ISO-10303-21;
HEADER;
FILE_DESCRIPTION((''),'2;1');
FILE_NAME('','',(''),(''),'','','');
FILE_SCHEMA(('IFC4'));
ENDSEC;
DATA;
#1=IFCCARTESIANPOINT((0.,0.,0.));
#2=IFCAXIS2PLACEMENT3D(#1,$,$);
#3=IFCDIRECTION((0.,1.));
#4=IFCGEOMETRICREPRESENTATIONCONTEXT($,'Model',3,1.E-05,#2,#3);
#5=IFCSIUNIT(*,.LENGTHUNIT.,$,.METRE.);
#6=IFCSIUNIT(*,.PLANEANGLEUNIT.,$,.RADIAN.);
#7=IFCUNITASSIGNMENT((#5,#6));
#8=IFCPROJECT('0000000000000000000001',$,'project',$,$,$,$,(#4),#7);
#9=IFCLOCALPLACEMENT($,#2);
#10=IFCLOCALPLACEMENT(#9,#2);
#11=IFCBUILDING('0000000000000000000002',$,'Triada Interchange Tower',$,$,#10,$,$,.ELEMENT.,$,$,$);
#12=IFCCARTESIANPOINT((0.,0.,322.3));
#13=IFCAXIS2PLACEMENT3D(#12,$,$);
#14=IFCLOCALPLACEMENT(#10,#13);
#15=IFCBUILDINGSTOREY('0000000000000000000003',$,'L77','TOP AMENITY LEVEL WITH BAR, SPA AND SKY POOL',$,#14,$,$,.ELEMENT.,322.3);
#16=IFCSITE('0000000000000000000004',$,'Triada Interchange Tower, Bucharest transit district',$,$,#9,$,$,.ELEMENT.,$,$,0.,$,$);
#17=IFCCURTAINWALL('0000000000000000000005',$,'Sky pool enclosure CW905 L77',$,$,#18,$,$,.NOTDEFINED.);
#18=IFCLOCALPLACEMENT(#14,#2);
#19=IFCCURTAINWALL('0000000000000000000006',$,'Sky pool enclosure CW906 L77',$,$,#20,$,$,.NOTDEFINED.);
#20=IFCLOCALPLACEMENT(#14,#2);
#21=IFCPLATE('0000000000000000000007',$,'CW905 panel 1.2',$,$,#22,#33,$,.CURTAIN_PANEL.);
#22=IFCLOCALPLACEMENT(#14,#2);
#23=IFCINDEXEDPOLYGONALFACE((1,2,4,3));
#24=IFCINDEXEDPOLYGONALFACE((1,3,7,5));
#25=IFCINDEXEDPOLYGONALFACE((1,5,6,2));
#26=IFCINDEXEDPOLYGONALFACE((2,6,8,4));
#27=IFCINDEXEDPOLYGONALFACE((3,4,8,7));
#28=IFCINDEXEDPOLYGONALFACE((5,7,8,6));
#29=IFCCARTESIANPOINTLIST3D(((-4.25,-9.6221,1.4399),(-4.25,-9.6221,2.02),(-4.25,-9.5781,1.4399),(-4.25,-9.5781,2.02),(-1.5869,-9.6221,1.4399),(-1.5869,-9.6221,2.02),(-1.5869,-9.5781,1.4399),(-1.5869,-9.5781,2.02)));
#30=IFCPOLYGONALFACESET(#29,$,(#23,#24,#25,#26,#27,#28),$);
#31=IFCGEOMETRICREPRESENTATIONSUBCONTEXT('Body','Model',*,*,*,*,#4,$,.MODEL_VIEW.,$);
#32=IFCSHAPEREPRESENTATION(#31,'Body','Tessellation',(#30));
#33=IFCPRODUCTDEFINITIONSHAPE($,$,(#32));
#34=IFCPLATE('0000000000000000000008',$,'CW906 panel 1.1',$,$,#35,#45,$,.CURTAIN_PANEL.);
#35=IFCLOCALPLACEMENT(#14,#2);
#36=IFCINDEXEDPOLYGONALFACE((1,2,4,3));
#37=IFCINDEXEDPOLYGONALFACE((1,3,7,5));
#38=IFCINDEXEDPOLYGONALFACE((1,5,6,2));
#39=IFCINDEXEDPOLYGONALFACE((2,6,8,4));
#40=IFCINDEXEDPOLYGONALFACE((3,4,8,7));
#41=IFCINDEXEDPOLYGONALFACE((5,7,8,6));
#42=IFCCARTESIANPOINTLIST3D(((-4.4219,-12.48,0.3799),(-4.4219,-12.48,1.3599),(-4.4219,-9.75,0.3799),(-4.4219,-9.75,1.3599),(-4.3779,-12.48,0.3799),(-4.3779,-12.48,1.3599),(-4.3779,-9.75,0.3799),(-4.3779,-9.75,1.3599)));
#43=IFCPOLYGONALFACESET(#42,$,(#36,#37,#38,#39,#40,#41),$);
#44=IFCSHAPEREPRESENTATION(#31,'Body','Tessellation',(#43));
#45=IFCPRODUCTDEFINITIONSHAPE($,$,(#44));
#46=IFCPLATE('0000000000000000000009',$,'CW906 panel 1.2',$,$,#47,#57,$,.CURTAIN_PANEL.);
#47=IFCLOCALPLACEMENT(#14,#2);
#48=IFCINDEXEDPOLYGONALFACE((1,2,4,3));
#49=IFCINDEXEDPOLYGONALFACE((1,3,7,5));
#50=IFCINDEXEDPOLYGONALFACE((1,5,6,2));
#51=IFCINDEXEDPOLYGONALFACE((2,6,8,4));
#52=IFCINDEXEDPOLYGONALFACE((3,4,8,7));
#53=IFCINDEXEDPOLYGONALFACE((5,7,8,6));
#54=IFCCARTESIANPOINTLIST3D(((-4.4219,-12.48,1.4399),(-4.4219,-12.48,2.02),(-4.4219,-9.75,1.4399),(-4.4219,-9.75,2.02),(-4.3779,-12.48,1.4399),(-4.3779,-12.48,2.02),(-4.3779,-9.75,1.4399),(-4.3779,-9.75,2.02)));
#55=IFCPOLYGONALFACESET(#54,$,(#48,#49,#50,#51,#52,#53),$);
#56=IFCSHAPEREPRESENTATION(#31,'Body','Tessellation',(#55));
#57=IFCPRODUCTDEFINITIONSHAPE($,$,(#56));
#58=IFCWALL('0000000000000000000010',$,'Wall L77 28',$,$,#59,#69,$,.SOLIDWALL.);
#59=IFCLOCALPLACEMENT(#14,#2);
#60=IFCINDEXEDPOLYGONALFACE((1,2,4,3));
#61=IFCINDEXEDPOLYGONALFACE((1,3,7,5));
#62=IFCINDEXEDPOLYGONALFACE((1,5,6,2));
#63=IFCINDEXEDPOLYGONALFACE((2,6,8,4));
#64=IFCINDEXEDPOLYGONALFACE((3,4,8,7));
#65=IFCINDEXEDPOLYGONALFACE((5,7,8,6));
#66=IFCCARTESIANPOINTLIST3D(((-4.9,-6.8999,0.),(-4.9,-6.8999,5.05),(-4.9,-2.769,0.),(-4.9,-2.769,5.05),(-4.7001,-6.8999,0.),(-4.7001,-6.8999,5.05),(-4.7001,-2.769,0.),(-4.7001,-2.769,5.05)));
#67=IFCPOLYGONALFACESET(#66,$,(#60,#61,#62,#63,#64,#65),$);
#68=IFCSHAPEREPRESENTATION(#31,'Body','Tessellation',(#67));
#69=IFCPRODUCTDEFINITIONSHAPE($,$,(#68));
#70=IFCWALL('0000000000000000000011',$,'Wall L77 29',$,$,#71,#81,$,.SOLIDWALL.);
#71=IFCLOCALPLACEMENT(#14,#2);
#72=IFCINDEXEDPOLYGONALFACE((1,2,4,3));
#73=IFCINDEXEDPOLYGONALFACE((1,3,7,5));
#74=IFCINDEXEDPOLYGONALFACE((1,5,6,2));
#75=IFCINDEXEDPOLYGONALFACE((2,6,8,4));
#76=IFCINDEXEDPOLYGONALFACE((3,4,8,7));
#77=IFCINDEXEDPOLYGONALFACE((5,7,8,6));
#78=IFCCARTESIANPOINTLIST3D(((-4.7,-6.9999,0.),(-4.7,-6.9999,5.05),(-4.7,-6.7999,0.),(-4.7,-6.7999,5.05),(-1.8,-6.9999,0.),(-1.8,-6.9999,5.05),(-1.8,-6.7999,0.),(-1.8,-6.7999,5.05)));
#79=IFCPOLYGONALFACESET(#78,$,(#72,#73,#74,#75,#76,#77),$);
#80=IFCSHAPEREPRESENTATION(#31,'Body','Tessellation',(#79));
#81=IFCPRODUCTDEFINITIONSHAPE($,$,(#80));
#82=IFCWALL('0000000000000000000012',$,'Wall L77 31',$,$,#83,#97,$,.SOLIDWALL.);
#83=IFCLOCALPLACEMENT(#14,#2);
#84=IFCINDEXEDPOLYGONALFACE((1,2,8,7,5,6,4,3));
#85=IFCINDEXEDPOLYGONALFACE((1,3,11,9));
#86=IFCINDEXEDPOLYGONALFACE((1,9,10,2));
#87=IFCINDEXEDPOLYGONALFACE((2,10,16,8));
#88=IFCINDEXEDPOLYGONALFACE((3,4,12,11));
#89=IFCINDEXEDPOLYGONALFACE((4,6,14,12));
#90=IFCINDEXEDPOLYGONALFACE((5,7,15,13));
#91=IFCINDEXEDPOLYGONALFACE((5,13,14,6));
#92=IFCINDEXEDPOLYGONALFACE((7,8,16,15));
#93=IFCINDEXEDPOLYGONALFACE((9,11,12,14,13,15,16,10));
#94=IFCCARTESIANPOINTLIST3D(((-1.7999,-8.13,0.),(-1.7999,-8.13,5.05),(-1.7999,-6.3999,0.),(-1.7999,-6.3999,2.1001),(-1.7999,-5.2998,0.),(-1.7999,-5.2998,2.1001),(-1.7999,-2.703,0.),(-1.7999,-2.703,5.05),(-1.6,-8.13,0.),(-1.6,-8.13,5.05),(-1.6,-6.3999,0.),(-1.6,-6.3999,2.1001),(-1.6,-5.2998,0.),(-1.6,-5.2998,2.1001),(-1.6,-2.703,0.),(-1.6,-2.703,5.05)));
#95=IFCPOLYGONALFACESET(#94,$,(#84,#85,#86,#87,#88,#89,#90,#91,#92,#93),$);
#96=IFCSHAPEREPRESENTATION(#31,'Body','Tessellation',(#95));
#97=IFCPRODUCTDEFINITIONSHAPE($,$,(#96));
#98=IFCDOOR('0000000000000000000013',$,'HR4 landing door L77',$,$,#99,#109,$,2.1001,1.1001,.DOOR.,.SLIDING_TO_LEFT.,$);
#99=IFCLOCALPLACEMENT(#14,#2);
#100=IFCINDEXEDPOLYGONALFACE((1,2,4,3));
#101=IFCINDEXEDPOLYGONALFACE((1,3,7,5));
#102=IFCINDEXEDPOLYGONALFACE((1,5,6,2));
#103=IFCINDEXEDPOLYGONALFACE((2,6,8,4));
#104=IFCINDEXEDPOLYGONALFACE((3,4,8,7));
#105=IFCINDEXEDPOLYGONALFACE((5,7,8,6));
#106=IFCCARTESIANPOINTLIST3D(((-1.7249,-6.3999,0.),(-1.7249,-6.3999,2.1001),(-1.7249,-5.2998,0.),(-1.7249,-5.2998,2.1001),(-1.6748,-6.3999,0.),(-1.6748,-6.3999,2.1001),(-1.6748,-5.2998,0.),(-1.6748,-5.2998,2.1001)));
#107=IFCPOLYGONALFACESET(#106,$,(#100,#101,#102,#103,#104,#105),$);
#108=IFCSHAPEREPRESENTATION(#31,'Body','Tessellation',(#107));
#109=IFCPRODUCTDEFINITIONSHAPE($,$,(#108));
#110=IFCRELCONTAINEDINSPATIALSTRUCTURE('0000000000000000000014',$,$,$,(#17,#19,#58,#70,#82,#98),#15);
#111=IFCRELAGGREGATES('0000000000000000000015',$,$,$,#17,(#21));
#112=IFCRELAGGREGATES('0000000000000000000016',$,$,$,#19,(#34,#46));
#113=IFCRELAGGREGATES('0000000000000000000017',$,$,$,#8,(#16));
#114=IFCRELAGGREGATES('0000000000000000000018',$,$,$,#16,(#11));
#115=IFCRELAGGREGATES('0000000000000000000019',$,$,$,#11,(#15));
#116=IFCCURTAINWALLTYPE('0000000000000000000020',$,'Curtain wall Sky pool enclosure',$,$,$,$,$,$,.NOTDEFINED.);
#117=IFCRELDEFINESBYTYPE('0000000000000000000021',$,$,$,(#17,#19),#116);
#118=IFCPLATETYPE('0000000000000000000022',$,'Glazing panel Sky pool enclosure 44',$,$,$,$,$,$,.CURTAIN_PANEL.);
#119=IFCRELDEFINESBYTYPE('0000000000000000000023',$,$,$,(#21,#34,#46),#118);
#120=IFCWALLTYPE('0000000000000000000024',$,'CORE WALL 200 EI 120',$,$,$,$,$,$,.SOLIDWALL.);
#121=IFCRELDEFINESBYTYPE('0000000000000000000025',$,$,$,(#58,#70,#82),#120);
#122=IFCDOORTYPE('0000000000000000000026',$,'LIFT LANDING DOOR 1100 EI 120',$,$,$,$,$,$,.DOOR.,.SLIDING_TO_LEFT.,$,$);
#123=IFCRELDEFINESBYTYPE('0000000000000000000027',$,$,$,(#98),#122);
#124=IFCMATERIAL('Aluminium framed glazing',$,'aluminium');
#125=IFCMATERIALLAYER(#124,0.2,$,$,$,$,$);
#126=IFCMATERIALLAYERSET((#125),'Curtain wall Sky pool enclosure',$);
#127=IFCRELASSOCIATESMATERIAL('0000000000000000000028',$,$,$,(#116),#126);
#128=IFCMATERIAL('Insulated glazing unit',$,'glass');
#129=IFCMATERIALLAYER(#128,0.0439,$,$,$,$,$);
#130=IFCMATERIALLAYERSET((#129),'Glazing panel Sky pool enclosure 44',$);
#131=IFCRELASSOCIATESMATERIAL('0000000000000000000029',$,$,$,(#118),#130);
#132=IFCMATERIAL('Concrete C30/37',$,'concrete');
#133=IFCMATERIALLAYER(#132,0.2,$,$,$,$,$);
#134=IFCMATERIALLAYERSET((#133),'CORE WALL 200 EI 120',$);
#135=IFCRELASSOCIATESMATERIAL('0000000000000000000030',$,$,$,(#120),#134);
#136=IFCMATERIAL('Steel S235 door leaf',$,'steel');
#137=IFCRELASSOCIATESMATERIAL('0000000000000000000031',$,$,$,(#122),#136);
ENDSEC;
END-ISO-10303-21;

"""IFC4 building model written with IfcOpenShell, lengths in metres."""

from ifc_helpers import new_model, si_unit, direction, frame, frame_2d, origin, origin_2d, place, context, subcontext, project, spatial, rectangle, extrude, material, layer, layer_set, type_object, element, fill, aggregate, save


model = new_model("IFC4")

# Units and contexts
model_context = context("Model", 3, precision=1e-05, world=origin(), true_north=direction((0.0, 1.0)))
body_context = subcontext(model_context, "Body", "Model", "MODEL_VIEW")
ifc_project = project(units=[si_unit("LENGTHUNIT", "METRE"), si_unit("PLANEANGLEUNIT", "RADIAN")], contexts=[model_context])

# Site, building, storey
site_placement = place(None, origin())
site = spatial("IfcSite", under=ifc_project, at=site_placement, Name="Triada Interchange Tower, Bucharest transit district", CompositionType="ELEMENT", RefElevation=0.0)
building_placement = place(site_placement, origin())
building = spatial("IfcBuilding", under=site, at=building_placement, Name="Triada Interchange Tower", CompositionType="ELEMENT")
storey_placement = place(building_placement, frame((0.0, 0.0, 322.3)))
storey = spatial("IfcBuildingStorey", under=building, at=storey_placement, Name="L77", Description="TOP AMENITY LEVEL WITH BAR, SPA AND SKY POOL", CompositionType="ELEMENT", Elevation=322.3)

# Shared definitions
ifc_material_1 = material(Name="Aluminium framed glazing", Category="aluminium")
ifc_layer_1 = layer(ifc_material_1, 0.2)
ifc_layer_set_1 = layer_set([ifc_layer_1], Name="Curtain wall Sky pool enclosure")
curtain_wall_type = type_object("IfcCurtainWallType", Name="Curtain wall Sky pool enclosure", PredefinedType="NOTDEFINED", material=ifc_layer_set_1)

# Curtain walls
curtain_wall_1_placement = place(storey_placement, origin())
curtain_wall_1 = element("IfcCurtainWall", 1, at=curtain_wall_1_placement, inside=storey, type_object=curtain_wall_type, Name="Sky pool enclosure CW905 L77", PredefinedType="NOTDEFINED")
curtain_wall_2_placement = place(storey_placement, origin())
curtain_wall_2 = element("IfcCurtainWall", 2, at=curtain_wall_2_placement, inside=storey, type_object=curtain_wall_type, Name="Sky pool enclosure CW906 L77", PredefinedType="NOTDEFINED")

# Plates
ifc_material_2 = material(Name="Insulated glazing unit", Category="glass")
ifc_layer_2 = layer(ifc_material_2, 0.0439)
ifc_layer_set_2 = layer_set([ifc_layer_2], Name="Glazing panel Sky pool enclosure 44")
plate_type = type_object("IfcPlateType", Name="Glazing panel Sky pool enclosure 44", PredefinedType="CURTAIN_PANEL", material=ifc_layer_set_2)
plate_1_placement = place(storey_placement, frame((-2.9185, -9.6001, 1.4399), z_axis=(0.0, 0.0, 1.0), x_axis=(-1.0, 0.0, 0.0)))
plate_1 = element("IfcPlate", 3, at=plate_1_placement, type_object=plate_type, Name="CW905 panel 1.2", PredefinedType="CURTAIN_PANEL", context=body_context, shape_type="SweptSolid", body=[
    extrude(rectangle(XDim=2.6631, YDim=0.0439, at=origin_2d()), origin(), (0.0, 0.0, 1.0), 0.5801),
])
aggregate(curtain_wall_1, [plate_1])
plate_2_placement = place(storey_placement, frame((-4.3999, -11.115, 0.3799), z_axis=(0.0, 0.0, 1.0), x_axis=(0.0, -1.0, 0.0)))
plate_2 = element("IfcPlate", 4, at=plate_2_placement, type_object=plate_type, Name="CW906 panel 1.1", PredefinedType="CURTAIN_PANEL", context=body_context, shape_type="SweptSolid", body=[
    extrude(rectangle(XDim=2.73, YDim=0.0439, at=origin_2d()), origin(), (0.0, 0.0, 1.0), 0.98),
])
plate_3_placement = place(storey_placement, frame((-4.3999, -11.115, 1.4399), z_axis=(0.0, 0.0, 1.0), x_axis=(0.0, -1.0, 0.0)))
plate_3 = element("IfcPlate", 5, at=plate_3_placement, type_object=plate_type, Name="CW906 panel 1.2", PredefinedType="CURTAIN_PANEL", context=body_context, shape_type="SweptSolid", body=[
    extrude(rectangle(XDim=2.73, YDim=0.0439, at=origin_2d()), origin(), (0.0, 0.0, 1.0), 0.5801),
])
aggregate(curtain_wall_2, [plate_2, plate_3])

# Walls
ifc_material_3 = material(Name="Concrete C30/37", Category="concrete")
ifc_layer_3 = layer(ifc_material_3, 0.2)
ifc_layer_set_3 = layer_set([ifc_layer_3], Name="CORE WALL 200 EI 120")
wall_type = type_object("IfcWallType", Name="CORE WALL 200 EI 120", PredefinedType="SOLIDWALL", material=ifc_layer_set_3)
wall_1_placement = place(storey_placement, frame((-4.8, -6.8999, 0.0), z_axis=(0.0, 0.0, 1.0), x_axis=(0.0, 1.0, 0.0)))
element("IfcWall", 6, at=wall_1_placement, inside=storey, type_object=wall_type, Name="Wall L77 28", PredefinedType="SOLIDWALL", context=body_context, shape_type="SweptSolid", body=[
    extrude(rectangle(XDim=4.1309, YDim=0.2, at=frame_2d((2.0654, 0.0))), origin(), (0.0, 0.0, 1.0), 5.05),
])
wall_2_placement = place(storey_placement, frame((-4.7, -6.8999, 0.0), z_axis=(0.0, 0.0, 1.0), x_axis=(1.0, 0.0, 0.0)))
element("IfcWall", 7, at=wall_2_placement, inside=storey, type_object=wall_type, Name="Wall L77 29", PredefinedType="SOLIDWALL", context=body_context, shape_type="SweptSolid", body=[
    extrude(rectangle(XDim=2.8999, YDim=0.2, at=frame_2d((1.45, 0.0))), origin(), (0.0, 0.0, 1.0), 5.05),
])

# Wall, opening, door
wall_3_placement = place(storey_placement, frame((-1.7, -8.1299, 0.0), z_axis=(0.0, 0.0, 1.0), x_axis=(0.0, 1.0, 0.0)))
wall_3 = element("IfcWall", 8, at=wall_3_placement, inside=storey, type_object=wall_type, Name="Wall L77 31", PredefinedType="SOLIDWALL", context=body_context, shape_type="SweptSolid", body=[
    extrude(rectangle(XDim=5.427, YDim=0.2, at=frame_2d((2.7134, 0.0))), origin(), (0.0, 0.0, 1.0), 5.05),
])
opening_placement = place(wall_3_placement, frame((1.73, 0.0, 0.0)))
opening = element("IfcOpeningElement", 9, at=opening_placement, cuts=wall_3, PredefinedType="OPENING", context=body_context, shape_type="SweptSolid", body=[
    extrude(rectangle(XDim=1.1001, YDim=2.1001, at=frame_2d((0.55, 1.05))), frame((0.0, 0.1099, 0.0), z_axis=(0.0, -1.0, 0.0), x_axis=(1.0, 0.0, 0.0)), (0.0, 0.0, 1.0), 0.22),
])
ifc_material_4 = material(Name="Steel S235 door leaf", Category="steel")
door_type = type_object("IfcDoorType", Name="LIFT LANDING DOOR 1100 EI 120", OperationType="SLIDING_TO_LEFT", PredefinedType="DOOR", material=ifc_material_4)
door_placement = place(opening_placement, origin())
door = element("IfcDoor", 10, at=door_placement, inside=storey, type_object=door_type, Name="HR4 landing door L77", OperationType="SLIDING_TO_LEFT", OverallHeight=2.1001, OverallWidth=1.1001, PredefinedType="DOOR", context=body_context, shape_type="SweptSolid", body=[
    extrude(rectangle(XDim=1.1001, YDim=2.1001, at=frame_2d((0.55, 1.05))), frame((0.0, 0.0249, 0.0), z_axis=(0.0, -1.0, 0.0), x_axis=(1.0, 0.0, 0.0)), (0.0, 0.0, 1.0), 0.05),
])
fill(opening, door)

save(model, "model.ifc")
